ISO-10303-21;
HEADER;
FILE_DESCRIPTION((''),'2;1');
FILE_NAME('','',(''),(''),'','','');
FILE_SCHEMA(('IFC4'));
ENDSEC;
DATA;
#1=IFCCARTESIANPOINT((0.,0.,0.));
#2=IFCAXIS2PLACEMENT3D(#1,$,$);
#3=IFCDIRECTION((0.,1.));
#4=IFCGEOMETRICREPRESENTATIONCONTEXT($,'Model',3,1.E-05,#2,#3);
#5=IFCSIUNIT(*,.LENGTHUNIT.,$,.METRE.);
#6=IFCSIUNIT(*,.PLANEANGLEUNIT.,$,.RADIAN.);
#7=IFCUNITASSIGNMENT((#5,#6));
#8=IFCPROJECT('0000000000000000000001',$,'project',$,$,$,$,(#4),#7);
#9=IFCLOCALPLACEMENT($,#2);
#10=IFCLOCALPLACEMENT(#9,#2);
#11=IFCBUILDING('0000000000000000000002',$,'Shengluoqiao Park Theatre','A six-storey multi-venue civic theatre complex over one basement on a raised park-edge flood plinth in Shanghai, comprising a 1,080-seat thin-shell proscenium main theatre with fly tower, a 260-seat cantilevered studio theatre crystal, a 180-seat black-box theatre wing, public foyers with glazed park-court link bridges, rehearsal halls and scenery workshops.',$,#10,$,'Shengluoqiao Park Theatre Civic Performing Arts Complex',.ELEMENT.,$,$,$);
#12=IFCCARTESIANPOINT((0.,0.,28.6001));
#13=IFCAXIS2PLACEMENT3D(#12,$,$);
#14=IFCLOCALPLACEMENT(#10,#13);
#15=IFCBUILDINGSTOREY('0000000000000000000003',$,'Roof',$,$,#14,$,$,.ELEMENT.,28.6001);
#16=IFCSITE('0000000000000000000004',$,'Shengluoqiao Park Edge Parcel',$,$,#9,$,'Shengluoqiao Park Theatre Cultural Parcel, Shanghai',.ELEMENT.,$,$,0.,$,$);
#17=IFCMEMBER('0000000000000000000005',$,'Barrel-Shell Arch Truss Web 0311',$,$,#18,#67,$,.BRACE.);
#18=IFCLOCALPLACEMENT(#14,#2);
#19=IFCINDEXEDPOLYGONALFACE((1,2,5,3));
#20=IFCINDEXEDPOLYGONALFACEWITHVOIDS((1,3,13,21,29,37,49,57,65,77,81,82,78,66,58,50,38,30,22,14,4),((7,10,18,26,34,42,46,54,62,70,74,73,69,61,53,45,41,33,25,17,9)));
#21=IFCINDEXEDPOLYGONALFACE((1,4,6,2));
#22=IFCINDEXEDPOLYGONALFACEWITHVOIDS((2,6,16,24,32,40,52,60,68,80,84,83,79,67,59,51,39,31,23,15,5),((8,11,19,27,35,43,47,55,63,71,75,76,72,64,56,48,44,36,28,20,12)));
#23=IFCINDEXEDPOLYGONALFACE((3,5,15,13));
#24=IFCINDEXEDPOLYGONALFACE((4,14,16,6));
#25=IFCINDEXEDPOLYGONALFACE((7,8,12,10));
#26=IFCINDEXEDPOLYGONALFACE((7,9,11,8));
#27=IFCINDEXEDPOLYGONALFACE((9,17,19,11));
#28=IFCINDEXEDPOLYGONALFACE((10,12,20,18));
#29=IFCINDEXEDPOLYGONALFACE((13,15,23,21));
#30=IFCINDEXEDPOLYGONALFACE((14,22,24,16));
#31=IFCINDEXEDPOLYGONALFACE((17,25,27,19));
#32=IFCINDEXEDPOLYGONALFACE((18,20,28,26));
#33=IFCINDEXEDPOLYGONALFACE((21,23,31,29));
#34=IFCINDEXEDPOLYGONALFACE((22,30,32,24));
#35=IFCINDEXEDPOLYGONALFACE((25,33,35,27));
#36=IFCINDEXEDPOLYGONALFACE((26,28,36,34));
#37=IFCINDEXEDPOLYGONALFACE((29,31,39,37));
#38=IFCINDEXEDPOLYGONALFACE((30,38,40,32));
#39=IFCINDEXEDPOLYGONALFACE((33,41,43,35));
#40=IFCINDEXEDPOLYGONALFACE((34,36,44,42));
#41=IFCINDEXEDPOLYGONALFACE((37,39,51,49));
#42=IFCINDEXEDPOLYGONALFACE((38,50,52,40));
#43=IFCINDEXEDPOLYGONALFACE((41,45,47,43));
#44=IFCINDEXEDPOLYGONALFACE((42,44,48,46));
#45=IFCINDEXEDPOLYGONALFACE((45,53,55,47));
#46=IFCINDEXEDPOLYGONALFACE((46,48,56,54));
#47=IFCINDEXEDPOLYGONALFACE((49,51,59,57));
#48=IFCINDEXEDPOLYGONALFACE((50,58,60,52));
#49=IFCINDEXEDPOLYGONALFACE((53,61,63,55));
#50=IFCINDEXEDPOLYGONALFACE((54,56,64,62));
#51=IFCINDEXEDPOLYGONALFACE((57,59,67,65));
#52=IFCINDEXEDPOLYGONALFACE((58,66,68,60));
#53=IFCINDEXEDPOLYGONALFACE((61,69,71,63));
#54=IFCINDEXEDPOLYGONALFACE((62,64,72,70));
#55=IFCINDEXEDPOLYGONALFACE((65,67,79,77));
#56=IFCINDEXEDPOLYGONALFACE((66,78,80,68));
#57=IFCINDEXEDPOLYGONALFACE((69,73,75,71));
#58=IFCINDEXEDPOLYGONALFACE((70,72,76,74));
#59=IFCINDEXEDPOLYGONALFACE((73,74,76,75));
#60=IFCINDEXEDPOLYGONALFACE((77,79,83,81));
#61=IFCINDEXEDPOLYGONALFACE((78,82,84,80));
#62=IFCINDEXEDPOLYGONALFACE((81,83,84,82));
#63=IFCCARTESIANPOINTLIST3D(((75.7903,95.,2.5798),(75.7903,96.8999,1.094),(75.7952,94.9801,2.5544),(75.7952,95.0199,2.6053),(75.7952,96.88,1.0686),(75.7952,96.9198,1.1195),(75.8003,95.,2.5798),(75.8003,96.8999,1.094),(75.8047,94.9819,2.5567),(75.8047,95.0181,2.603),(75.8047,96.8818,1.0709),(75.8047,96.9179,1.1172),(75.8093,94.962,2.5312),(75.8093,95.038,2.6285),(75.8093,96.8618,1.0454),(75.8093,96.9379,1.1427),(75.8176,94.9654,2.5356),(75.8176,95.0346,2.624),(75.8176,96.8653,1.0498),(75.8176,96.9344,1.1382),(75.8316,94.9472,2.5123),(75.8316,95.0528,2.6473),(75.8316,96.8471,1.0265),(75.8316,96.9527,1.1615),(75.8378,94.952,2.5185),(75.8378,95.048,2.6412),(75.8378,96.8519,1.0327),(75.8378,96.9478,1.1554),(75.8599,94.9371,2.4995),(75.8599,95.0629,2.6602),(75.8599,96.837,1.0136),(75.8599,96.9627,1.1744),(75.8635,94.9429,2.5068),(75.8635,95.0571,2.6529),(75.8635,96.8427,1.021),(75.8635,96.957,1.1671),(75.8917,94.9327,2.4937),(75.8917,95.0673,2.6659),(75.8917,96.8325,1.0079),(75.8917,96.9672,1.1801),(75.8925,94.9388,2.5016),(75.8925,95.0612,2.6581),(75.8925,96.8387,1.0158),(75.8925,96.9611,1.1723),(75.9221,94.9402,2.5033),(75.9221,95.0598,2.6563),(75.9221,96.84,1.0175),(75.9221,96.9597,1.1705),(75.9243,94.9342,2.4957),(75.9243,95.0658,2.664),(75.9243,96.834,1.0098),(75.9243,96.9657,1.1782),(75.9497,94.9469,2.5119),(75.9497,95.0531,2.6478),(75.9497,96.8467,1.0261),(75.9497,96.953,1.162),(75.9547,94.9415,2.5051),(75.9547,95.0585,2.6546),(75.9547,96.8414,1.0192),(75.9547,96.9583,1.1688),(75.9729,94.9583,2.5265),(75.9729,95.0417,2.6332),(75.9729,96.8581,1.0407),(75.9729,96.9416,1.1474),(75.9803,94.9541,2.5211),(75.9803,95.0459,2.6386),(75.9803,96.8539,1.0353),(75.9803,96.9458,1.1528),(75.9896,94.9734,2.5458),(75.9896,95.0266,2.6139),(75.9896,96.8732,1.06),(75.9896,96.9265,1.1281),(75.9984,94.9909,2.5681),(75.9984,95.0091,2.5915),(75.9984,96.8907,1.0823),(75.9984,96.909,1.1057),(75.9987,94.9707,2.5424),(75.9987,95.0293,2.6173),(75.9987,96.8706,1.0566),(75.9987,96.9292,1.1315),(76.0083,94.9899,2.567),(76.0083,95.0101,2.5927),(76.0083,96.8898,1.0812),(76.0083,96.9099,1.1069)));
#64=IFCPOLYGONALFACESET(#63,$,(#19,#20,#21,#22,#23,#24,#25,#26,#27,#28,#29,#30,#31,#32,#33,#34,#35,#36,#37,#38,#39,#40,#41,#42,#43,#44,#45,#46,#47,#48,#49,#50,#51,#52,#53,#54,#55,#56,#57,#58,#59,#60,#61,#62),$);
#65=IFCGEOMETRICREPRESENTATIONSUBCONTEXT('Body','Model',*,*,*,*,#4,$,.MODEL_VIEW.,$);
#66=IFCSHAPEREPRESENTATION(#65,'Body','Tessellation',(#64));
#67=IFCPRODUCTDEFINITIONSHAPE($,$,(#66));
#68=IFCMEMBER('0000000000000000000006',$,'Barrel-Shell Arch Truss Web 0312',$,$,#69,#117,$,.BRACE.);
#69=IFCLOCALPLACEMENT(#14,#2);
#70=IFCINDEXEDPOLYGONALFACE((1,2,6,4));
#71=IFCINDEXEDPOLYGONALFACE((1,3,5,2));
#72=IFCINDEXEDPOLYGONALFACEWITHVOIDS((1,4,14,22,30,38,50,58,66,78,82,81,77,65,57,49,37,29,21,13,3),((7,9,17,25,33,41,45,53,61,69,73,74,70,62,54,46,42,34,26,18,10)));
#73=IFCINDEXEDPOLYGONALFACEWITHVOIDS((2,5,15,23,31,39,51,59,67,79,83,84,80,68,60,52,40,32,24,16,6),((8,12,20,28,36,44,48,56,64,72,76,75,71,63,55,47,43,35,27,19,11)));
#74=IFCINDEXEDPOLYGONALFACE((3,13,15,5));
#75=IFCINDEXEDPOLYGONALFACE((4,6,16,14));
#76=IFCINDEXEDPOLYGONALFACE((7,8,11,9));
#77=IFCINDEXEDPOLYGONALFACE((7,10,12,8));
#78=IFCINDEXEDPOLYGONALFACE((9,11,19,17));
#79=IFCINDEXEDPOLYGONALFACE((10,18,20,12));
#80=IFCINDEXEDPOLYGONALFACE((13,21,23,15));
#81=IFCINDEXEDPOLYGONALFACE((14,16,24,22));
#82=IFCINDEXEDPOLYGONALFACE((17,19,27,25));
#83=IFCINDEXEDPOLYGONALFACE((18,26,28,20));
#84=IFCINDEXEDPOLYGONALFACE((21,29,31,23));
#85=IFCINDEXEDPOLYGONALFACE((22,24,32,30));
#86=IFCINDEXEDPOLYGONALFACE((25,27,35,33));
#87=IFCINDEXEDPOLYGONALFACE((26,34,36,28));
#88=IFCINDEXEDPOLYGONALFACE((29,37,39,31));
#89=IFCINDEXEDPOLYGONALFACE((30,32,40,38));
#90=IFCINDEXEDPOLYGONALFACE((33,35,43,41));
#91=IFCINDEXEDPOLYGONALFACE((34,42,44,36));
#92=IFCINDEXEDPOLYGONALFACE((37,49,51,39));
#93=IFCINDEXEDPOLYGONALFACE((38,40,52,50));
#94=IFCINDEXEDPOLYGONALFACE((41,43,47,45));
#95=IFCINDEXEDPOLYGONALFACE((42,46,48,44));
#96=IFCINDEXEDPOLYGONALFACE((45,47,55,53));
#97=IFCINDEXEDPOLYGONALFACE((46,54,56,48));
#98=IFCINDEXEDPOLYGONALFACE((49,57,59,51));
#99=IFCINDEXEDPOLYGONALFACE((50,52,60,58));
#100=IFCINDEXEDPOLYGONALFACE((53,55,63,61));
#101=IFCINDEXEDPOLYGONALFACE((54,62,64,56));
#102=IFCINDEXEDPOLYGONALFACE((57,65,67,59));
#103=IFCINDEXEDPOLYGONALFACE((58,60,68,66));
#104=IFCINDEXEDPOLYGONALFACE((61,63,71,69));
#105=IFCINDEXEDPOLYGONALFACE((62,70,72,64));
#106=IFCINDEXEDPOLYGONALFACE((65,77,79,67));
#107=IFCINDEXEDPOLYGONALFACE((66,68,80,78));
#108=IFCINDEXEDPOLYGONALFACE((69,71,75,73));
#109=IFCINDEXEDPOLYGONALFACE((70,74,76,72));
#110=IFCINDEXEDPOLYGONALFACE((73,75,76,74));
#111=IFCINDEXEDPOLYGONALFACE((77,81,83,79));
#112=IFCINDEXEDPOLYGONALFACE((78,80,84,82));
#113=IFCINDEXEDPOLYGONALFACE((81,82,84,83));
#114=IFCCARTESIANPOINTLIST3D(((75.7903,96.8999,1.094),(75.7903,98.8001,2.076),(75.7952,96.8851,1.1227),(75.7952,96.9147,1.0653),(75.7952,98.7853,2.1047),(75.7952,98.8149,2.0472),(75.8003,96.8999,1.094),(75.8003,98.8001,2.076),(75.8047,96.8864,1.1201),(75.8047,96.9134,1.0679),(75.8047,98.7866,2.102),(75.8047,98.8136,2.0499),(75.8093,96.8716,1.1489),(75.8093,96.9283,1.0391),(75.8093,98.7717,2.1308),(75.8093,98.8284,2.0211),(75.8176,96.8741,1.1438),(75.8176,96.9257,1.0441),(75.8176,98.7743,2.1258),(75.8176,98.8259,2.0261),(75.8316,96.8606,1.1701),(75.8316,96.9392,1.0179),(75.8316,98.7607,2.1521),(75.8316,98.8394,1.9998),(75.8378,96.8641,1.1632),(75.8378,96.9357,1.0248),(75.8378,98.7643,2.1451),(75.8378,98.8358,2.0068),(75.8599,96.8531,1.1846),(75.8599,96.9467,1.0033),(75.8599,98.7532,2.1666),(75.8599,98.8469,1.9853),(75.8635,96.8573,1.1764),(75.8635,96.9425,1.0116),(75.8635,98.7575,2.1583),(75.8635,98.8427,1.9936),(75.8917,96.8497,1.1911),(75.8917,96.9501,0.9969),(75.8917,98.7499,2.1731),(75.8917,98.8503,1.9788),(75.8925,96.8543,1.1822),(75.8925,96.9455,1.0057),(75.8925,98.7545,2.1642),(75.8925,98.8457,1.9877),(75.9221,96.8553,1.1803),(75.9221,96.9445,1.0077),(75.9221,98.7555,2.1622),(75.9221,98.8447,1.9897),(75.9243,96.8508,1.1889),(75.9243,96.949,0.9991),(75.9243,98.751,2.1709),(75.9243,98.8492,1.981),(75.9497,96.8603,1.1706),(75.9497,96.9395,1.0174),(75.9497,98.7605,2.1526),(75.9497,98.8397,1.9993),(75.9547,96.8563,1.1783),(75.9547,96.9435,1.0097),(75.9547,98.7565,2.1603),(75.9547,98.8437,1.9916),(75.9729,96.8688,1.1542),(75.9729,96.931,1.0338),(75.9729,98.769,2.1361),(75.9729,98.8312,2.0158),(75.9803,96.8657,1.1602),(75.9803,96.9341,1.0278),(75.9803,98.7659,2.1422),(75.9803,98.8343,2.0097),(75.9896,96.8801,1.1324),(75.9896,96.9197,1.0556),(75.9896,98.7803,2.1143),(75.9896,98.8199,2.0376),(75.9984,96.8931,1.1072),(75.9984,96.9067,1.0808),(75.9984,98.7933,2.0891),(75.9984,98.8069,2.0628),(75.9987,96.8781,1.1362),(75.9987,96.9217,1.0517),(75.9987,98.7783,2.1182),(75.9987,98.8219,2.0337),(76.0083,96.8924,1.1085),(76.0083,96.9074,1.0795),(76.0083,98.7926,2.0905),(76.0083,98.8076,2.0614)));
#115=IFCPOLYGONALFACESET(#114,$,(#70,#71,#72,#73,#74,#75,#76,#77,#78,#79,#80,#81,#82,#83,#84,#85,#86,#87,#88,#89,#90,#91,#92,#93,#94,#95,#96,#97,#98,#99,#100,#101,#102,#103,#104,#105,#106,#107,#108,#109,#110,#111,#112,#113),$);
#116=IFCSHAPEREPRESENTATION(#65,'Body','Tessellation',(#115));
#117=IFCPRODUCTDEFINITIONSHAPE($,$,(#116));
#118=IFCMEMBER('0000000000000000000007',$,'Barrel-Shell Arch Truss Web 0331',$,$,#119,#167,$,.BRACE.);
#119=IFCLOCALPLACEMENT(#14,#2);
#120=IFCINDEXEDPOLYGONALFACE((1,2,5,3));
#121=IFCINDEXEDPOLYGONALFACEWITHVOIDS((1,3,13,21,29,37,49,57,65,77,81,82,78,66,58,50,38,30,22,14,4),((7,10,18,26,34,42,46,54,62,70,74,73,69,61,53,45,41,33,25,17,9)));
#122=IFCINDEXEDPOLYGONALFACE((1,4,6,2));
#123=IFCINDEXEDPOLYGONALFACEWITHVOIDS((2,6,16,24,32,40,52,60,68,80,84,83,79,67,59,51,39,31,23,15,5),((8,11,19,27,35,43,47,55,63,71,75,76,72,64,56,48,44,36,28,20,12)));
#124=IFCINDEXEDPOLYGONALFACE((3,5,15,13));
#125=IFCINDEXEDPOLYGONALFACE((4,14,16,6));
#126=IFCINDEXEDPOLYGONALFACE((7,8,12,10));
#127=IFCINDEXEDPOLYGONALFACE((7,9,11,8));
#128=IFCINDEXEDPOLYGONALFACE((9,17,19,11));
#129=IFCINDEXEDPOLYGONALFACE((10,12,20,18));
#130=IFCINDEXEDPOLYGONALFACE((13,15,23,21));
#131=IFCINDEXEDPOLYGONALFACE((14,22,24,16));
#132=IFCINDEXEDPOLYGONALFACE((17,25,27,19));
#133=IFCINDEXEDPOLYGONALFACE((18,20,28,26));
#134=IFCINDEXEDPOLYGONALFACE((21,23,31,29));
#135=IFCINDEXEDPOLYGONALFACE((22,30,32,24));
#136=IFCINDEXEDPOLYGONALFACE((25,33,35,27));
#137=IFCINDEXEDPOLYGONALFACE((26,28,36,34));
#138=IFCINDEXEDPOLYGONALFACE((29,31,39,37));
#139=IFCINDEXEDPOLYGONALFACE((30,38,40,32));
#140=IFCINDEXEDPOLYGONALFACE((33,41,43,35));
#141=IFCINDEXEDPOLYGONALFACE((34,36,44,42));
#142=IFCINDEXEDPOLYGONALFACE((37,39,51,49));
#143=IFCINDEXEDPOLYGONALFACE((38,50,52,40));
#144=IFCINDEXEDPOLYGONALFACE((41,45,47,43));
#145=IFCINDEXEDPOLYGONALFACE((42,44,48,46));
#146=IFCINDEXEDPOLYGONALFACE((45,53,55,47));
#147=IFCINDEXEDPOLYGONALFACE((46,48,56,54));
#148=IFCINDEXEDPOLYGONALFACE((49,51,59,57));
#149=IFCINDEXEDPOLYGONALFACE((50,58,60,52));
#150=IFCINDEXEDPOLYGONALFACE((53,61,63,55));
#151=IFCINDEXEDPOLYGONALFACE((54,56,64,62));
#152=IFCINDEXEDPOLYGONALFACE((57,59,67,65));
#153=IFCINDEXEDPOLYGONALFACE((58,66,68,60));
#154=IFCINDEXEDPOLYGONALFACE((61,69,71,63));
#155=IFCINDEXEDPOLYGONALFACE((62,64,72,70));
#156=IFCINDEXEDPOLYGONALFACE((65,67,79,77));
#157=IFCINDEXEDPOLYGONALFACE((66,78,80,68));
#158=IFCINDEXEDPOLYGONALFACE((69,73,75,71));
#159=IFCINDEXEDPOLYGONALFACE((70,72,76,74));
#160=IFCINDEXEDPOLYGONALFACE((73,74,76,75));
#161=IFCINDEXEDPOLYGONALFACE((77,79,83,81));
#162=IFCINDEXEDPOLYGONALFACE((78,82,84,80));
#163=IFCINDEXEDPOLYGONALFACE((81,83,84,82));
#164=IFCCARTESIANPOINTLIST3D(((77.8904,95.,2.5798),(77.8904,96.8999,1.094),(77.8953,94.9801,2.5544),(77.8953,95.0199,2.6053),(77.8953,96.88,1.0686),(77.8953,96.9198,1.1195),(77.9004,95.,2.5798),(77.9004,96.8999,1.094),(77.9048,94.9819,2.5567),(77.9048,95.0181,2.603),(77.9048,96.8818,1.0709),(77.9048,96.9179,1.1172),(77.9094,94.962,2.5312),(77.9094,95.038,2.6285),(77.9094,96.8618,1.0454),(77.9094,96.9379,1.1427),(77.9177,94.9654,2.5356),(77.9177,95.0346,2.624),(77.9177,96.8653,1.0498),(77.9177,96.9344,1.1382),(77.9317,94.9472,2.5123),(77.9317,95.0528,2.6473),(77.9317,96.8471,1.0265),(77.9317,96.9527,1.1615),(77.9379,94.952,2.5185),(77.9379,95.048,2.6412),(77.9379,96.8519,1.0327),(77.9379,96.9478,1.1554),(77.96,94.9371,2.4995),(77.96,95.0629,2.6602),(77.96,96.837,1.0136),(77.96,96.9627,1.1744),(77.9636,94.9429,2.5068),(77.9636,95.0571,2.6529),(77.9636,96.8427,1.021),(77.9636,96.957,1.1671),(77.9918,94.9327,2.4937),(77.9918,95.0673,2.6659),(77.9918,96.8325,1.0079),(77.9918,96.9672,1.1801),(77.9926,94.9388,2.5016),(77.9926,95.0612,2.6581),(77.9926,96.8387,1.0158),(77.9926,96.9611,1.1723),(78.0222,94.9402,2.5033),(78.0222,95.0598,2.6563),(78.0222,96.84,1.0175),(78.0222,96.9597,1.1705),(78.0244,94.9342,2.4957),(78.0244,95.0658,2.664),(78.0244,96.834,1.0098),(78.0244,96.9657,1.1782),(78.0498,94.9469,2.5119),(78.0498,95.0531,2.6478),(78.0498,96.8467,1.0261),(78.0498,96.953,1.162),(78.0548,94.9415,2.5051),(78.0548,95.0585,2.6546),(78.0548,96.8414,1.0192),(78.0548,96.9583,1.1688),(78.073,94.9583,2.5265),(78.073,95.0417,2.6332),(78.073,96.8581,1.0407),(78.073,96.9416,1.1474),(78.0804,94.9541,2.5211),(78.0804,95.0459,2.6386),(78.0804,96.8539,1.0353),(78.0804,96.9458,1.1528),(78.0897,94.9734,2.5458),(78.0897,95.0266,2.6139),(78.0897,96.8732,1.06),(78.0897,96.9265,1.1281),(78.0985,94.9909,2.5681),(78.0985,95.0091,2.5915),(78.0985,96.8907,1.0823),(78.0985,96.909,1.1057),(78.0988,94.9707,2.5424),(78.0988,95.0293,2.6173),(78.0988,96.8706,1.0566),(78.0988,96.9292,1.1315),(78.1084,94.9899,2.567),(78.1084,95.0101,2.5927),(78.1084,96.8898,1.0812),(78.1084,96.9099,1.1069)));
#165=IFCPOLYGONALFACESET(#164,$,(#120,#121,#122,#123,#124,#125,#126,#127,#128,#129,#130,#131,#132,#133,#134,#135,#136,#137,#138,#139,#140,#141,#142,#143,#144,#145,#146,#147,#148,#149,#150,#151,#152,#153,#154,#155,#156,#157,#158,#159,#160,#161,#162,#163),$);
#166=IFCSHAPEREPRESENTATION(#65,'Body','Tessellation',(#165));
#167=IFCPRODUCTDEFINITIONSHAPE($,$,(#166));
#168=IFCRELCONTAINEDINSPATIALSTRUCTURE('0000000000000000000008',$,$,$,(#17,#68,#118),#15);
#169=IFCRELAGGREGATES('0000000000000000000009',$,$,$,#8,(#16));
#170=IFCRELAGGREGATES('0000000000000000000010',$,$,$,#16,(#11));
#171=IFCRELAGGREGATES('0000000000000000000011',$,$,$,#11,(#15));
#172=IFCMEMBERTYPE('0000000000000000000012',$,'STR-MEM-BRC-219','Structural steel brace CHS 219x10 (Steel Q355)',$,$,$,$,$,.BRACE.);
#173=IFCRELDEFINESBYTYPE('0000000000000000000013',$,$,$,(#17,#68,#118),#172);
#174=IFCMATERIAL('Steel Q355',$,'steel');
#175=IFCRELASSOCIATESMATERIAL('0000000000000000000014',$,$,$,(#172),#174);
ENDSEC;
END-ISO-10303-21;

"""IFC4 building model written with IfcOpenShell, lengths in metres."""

from ifc_helpers import new_model, si_unit, direction, frame, origin, origin_2d, place, context, subcontext, project, spatial, hollow_circle, extrude, material, material_profile, profile_set, type_object, element, save


model = new_model("IFC4")

# Units and contexts
model_context = context("Model", 3, precision=1e-05, world=origin(), true_north=direction((0.0, 1.0)))
body_context = subcontext(model_context, "Body", "Model", "MODEL_VIEW")
ifc_project = project(units=[si_unit("LENGTHUNIT", "METRE"), si_unit("PLANEANGLEUNIT", "RADIAN")], contexts=[model_context])

# Site, building, storey
site_placement = place(None, origin())
site = spatial("IfcSite", under=ifc_project, at=site_placement, Name="Shengluoqiao Park Edge Parcel", LongName="Shengluoqiao Park Theatre Cultural Parcel, Shanghai", CompositionType="ELEMENT", RefElevation=0.0)
building_placement = place(site_placement, origin())
building = spatial("IfcBuilding", under=site, at=building_placement, Name="Shengluoqiao Park Theatre", Description="A six-storey multi-venue civic theatre complex over one basement on a raised park-edge flood plinth in Shanghai, comprising a 1,080-seat thin-shell proscenium main theatre with fly tower, a 260-seat cantilevered studio theatre crystal, a 180-seat black-box theatre wing, public foyers with glazed park-court link bridges, rehearsal halls and scenery workshops.", LongName="Shengluoqiao Park Theatre Civic Performing Arts Complex", CompositionType="ELEMENT")
storey_placement = place(building_placement, frame((0.0, 0.0, 28.6001)))
storey = spatial("IfcBuildingStorey", under=building, at=storey_placement, Name="Roof", CompositionType="ELEMENT", Elevation=28.6001)

# Shared definitions
ifc_material_1 = material(Name="Steel Q355", Category="steel")

# Members
ifc_material_profile_1 = material_profile(ifc_material_1, hollow_circle(Radius=0.1096, WallThickness=0.01, at=origin_2d()), Name="CHS 219x10")
ifc_profile_set_1 = profile_set([ifc_material_profile_1], Name="Steel Q355")
member_type_1 = type_object("IfcMemberType", Name="STR-MEM-BRC-219", Description="Structural steel brace CHS 219x10 (Steel Q355)", PredefinedType="BRACE", material=ifc_profile_set_1)
for number, where, z_axis, x_axis, name in (
    (1, (75.8999, 95.0, 2.5798), (0.0, 0.787714, -0.616041), (-1.0, 0.0, 0.0), "Barrel-Shell Arch Truss Web 0311"),
):
    element("IfcMember", number, at=place(storey_placement, frame(where, z_axis=z_axis, x_axis=x_axis)), inside=storey, type_object=member_type_1, Name=name, PredefinedType="BRACE", context=body_context, shape_type="SweptSolid", body=[
        extrude(hollow_circle(Radius=0.1096, WallThickness=0.01, at=origin_2d()), origin(), (0.0, 0.0, 1.0), 2.4119),
    ])
member_1_placement = place(storey_placement, frame((75.8999, 96.8999, 1.094), z_axis=(0.0, 0.888389, 0.459091), x_axis=(-1.0, 0.0, 0.0)))
element("IfcMember", 2, at=member_1_placement, inside=storey, type_object=member_type_1, Name="Barrel-Shell Arch Truss Web 0312", PredefinedType="BRACE", context=body_context, shape_type="SweptSolid", body=[
    extrude(hollow_circle(Radius=0.1096, WallThickness=0.01, at=origin_2d()), origin(), (0.0, 0.0, 1.0), 2.1389),
])
member_2_placement = place(storey_placement, frame((78.0, 95.0, 2.5798), z_axis=(0.0, 0.787714, -0.616041), x_axis=(-1.0, 0.0, 0.0)))
element("IfcMember", 3, at=member_2_placement, inside=storey, type_object=member_type_1, Name="Barrel-Shell Arch Truss Web 0331", PredefinedType="BRACE", context=body_context, shape_type="SweptSolid", body=[
    extrude(hollow_circle(Radius=0.1096, WallThickness=0.01, at=origin_2d()), origin(), (0.0, 0.0, 1.0), 2.4119),
])

save(model, "model.ifc")
